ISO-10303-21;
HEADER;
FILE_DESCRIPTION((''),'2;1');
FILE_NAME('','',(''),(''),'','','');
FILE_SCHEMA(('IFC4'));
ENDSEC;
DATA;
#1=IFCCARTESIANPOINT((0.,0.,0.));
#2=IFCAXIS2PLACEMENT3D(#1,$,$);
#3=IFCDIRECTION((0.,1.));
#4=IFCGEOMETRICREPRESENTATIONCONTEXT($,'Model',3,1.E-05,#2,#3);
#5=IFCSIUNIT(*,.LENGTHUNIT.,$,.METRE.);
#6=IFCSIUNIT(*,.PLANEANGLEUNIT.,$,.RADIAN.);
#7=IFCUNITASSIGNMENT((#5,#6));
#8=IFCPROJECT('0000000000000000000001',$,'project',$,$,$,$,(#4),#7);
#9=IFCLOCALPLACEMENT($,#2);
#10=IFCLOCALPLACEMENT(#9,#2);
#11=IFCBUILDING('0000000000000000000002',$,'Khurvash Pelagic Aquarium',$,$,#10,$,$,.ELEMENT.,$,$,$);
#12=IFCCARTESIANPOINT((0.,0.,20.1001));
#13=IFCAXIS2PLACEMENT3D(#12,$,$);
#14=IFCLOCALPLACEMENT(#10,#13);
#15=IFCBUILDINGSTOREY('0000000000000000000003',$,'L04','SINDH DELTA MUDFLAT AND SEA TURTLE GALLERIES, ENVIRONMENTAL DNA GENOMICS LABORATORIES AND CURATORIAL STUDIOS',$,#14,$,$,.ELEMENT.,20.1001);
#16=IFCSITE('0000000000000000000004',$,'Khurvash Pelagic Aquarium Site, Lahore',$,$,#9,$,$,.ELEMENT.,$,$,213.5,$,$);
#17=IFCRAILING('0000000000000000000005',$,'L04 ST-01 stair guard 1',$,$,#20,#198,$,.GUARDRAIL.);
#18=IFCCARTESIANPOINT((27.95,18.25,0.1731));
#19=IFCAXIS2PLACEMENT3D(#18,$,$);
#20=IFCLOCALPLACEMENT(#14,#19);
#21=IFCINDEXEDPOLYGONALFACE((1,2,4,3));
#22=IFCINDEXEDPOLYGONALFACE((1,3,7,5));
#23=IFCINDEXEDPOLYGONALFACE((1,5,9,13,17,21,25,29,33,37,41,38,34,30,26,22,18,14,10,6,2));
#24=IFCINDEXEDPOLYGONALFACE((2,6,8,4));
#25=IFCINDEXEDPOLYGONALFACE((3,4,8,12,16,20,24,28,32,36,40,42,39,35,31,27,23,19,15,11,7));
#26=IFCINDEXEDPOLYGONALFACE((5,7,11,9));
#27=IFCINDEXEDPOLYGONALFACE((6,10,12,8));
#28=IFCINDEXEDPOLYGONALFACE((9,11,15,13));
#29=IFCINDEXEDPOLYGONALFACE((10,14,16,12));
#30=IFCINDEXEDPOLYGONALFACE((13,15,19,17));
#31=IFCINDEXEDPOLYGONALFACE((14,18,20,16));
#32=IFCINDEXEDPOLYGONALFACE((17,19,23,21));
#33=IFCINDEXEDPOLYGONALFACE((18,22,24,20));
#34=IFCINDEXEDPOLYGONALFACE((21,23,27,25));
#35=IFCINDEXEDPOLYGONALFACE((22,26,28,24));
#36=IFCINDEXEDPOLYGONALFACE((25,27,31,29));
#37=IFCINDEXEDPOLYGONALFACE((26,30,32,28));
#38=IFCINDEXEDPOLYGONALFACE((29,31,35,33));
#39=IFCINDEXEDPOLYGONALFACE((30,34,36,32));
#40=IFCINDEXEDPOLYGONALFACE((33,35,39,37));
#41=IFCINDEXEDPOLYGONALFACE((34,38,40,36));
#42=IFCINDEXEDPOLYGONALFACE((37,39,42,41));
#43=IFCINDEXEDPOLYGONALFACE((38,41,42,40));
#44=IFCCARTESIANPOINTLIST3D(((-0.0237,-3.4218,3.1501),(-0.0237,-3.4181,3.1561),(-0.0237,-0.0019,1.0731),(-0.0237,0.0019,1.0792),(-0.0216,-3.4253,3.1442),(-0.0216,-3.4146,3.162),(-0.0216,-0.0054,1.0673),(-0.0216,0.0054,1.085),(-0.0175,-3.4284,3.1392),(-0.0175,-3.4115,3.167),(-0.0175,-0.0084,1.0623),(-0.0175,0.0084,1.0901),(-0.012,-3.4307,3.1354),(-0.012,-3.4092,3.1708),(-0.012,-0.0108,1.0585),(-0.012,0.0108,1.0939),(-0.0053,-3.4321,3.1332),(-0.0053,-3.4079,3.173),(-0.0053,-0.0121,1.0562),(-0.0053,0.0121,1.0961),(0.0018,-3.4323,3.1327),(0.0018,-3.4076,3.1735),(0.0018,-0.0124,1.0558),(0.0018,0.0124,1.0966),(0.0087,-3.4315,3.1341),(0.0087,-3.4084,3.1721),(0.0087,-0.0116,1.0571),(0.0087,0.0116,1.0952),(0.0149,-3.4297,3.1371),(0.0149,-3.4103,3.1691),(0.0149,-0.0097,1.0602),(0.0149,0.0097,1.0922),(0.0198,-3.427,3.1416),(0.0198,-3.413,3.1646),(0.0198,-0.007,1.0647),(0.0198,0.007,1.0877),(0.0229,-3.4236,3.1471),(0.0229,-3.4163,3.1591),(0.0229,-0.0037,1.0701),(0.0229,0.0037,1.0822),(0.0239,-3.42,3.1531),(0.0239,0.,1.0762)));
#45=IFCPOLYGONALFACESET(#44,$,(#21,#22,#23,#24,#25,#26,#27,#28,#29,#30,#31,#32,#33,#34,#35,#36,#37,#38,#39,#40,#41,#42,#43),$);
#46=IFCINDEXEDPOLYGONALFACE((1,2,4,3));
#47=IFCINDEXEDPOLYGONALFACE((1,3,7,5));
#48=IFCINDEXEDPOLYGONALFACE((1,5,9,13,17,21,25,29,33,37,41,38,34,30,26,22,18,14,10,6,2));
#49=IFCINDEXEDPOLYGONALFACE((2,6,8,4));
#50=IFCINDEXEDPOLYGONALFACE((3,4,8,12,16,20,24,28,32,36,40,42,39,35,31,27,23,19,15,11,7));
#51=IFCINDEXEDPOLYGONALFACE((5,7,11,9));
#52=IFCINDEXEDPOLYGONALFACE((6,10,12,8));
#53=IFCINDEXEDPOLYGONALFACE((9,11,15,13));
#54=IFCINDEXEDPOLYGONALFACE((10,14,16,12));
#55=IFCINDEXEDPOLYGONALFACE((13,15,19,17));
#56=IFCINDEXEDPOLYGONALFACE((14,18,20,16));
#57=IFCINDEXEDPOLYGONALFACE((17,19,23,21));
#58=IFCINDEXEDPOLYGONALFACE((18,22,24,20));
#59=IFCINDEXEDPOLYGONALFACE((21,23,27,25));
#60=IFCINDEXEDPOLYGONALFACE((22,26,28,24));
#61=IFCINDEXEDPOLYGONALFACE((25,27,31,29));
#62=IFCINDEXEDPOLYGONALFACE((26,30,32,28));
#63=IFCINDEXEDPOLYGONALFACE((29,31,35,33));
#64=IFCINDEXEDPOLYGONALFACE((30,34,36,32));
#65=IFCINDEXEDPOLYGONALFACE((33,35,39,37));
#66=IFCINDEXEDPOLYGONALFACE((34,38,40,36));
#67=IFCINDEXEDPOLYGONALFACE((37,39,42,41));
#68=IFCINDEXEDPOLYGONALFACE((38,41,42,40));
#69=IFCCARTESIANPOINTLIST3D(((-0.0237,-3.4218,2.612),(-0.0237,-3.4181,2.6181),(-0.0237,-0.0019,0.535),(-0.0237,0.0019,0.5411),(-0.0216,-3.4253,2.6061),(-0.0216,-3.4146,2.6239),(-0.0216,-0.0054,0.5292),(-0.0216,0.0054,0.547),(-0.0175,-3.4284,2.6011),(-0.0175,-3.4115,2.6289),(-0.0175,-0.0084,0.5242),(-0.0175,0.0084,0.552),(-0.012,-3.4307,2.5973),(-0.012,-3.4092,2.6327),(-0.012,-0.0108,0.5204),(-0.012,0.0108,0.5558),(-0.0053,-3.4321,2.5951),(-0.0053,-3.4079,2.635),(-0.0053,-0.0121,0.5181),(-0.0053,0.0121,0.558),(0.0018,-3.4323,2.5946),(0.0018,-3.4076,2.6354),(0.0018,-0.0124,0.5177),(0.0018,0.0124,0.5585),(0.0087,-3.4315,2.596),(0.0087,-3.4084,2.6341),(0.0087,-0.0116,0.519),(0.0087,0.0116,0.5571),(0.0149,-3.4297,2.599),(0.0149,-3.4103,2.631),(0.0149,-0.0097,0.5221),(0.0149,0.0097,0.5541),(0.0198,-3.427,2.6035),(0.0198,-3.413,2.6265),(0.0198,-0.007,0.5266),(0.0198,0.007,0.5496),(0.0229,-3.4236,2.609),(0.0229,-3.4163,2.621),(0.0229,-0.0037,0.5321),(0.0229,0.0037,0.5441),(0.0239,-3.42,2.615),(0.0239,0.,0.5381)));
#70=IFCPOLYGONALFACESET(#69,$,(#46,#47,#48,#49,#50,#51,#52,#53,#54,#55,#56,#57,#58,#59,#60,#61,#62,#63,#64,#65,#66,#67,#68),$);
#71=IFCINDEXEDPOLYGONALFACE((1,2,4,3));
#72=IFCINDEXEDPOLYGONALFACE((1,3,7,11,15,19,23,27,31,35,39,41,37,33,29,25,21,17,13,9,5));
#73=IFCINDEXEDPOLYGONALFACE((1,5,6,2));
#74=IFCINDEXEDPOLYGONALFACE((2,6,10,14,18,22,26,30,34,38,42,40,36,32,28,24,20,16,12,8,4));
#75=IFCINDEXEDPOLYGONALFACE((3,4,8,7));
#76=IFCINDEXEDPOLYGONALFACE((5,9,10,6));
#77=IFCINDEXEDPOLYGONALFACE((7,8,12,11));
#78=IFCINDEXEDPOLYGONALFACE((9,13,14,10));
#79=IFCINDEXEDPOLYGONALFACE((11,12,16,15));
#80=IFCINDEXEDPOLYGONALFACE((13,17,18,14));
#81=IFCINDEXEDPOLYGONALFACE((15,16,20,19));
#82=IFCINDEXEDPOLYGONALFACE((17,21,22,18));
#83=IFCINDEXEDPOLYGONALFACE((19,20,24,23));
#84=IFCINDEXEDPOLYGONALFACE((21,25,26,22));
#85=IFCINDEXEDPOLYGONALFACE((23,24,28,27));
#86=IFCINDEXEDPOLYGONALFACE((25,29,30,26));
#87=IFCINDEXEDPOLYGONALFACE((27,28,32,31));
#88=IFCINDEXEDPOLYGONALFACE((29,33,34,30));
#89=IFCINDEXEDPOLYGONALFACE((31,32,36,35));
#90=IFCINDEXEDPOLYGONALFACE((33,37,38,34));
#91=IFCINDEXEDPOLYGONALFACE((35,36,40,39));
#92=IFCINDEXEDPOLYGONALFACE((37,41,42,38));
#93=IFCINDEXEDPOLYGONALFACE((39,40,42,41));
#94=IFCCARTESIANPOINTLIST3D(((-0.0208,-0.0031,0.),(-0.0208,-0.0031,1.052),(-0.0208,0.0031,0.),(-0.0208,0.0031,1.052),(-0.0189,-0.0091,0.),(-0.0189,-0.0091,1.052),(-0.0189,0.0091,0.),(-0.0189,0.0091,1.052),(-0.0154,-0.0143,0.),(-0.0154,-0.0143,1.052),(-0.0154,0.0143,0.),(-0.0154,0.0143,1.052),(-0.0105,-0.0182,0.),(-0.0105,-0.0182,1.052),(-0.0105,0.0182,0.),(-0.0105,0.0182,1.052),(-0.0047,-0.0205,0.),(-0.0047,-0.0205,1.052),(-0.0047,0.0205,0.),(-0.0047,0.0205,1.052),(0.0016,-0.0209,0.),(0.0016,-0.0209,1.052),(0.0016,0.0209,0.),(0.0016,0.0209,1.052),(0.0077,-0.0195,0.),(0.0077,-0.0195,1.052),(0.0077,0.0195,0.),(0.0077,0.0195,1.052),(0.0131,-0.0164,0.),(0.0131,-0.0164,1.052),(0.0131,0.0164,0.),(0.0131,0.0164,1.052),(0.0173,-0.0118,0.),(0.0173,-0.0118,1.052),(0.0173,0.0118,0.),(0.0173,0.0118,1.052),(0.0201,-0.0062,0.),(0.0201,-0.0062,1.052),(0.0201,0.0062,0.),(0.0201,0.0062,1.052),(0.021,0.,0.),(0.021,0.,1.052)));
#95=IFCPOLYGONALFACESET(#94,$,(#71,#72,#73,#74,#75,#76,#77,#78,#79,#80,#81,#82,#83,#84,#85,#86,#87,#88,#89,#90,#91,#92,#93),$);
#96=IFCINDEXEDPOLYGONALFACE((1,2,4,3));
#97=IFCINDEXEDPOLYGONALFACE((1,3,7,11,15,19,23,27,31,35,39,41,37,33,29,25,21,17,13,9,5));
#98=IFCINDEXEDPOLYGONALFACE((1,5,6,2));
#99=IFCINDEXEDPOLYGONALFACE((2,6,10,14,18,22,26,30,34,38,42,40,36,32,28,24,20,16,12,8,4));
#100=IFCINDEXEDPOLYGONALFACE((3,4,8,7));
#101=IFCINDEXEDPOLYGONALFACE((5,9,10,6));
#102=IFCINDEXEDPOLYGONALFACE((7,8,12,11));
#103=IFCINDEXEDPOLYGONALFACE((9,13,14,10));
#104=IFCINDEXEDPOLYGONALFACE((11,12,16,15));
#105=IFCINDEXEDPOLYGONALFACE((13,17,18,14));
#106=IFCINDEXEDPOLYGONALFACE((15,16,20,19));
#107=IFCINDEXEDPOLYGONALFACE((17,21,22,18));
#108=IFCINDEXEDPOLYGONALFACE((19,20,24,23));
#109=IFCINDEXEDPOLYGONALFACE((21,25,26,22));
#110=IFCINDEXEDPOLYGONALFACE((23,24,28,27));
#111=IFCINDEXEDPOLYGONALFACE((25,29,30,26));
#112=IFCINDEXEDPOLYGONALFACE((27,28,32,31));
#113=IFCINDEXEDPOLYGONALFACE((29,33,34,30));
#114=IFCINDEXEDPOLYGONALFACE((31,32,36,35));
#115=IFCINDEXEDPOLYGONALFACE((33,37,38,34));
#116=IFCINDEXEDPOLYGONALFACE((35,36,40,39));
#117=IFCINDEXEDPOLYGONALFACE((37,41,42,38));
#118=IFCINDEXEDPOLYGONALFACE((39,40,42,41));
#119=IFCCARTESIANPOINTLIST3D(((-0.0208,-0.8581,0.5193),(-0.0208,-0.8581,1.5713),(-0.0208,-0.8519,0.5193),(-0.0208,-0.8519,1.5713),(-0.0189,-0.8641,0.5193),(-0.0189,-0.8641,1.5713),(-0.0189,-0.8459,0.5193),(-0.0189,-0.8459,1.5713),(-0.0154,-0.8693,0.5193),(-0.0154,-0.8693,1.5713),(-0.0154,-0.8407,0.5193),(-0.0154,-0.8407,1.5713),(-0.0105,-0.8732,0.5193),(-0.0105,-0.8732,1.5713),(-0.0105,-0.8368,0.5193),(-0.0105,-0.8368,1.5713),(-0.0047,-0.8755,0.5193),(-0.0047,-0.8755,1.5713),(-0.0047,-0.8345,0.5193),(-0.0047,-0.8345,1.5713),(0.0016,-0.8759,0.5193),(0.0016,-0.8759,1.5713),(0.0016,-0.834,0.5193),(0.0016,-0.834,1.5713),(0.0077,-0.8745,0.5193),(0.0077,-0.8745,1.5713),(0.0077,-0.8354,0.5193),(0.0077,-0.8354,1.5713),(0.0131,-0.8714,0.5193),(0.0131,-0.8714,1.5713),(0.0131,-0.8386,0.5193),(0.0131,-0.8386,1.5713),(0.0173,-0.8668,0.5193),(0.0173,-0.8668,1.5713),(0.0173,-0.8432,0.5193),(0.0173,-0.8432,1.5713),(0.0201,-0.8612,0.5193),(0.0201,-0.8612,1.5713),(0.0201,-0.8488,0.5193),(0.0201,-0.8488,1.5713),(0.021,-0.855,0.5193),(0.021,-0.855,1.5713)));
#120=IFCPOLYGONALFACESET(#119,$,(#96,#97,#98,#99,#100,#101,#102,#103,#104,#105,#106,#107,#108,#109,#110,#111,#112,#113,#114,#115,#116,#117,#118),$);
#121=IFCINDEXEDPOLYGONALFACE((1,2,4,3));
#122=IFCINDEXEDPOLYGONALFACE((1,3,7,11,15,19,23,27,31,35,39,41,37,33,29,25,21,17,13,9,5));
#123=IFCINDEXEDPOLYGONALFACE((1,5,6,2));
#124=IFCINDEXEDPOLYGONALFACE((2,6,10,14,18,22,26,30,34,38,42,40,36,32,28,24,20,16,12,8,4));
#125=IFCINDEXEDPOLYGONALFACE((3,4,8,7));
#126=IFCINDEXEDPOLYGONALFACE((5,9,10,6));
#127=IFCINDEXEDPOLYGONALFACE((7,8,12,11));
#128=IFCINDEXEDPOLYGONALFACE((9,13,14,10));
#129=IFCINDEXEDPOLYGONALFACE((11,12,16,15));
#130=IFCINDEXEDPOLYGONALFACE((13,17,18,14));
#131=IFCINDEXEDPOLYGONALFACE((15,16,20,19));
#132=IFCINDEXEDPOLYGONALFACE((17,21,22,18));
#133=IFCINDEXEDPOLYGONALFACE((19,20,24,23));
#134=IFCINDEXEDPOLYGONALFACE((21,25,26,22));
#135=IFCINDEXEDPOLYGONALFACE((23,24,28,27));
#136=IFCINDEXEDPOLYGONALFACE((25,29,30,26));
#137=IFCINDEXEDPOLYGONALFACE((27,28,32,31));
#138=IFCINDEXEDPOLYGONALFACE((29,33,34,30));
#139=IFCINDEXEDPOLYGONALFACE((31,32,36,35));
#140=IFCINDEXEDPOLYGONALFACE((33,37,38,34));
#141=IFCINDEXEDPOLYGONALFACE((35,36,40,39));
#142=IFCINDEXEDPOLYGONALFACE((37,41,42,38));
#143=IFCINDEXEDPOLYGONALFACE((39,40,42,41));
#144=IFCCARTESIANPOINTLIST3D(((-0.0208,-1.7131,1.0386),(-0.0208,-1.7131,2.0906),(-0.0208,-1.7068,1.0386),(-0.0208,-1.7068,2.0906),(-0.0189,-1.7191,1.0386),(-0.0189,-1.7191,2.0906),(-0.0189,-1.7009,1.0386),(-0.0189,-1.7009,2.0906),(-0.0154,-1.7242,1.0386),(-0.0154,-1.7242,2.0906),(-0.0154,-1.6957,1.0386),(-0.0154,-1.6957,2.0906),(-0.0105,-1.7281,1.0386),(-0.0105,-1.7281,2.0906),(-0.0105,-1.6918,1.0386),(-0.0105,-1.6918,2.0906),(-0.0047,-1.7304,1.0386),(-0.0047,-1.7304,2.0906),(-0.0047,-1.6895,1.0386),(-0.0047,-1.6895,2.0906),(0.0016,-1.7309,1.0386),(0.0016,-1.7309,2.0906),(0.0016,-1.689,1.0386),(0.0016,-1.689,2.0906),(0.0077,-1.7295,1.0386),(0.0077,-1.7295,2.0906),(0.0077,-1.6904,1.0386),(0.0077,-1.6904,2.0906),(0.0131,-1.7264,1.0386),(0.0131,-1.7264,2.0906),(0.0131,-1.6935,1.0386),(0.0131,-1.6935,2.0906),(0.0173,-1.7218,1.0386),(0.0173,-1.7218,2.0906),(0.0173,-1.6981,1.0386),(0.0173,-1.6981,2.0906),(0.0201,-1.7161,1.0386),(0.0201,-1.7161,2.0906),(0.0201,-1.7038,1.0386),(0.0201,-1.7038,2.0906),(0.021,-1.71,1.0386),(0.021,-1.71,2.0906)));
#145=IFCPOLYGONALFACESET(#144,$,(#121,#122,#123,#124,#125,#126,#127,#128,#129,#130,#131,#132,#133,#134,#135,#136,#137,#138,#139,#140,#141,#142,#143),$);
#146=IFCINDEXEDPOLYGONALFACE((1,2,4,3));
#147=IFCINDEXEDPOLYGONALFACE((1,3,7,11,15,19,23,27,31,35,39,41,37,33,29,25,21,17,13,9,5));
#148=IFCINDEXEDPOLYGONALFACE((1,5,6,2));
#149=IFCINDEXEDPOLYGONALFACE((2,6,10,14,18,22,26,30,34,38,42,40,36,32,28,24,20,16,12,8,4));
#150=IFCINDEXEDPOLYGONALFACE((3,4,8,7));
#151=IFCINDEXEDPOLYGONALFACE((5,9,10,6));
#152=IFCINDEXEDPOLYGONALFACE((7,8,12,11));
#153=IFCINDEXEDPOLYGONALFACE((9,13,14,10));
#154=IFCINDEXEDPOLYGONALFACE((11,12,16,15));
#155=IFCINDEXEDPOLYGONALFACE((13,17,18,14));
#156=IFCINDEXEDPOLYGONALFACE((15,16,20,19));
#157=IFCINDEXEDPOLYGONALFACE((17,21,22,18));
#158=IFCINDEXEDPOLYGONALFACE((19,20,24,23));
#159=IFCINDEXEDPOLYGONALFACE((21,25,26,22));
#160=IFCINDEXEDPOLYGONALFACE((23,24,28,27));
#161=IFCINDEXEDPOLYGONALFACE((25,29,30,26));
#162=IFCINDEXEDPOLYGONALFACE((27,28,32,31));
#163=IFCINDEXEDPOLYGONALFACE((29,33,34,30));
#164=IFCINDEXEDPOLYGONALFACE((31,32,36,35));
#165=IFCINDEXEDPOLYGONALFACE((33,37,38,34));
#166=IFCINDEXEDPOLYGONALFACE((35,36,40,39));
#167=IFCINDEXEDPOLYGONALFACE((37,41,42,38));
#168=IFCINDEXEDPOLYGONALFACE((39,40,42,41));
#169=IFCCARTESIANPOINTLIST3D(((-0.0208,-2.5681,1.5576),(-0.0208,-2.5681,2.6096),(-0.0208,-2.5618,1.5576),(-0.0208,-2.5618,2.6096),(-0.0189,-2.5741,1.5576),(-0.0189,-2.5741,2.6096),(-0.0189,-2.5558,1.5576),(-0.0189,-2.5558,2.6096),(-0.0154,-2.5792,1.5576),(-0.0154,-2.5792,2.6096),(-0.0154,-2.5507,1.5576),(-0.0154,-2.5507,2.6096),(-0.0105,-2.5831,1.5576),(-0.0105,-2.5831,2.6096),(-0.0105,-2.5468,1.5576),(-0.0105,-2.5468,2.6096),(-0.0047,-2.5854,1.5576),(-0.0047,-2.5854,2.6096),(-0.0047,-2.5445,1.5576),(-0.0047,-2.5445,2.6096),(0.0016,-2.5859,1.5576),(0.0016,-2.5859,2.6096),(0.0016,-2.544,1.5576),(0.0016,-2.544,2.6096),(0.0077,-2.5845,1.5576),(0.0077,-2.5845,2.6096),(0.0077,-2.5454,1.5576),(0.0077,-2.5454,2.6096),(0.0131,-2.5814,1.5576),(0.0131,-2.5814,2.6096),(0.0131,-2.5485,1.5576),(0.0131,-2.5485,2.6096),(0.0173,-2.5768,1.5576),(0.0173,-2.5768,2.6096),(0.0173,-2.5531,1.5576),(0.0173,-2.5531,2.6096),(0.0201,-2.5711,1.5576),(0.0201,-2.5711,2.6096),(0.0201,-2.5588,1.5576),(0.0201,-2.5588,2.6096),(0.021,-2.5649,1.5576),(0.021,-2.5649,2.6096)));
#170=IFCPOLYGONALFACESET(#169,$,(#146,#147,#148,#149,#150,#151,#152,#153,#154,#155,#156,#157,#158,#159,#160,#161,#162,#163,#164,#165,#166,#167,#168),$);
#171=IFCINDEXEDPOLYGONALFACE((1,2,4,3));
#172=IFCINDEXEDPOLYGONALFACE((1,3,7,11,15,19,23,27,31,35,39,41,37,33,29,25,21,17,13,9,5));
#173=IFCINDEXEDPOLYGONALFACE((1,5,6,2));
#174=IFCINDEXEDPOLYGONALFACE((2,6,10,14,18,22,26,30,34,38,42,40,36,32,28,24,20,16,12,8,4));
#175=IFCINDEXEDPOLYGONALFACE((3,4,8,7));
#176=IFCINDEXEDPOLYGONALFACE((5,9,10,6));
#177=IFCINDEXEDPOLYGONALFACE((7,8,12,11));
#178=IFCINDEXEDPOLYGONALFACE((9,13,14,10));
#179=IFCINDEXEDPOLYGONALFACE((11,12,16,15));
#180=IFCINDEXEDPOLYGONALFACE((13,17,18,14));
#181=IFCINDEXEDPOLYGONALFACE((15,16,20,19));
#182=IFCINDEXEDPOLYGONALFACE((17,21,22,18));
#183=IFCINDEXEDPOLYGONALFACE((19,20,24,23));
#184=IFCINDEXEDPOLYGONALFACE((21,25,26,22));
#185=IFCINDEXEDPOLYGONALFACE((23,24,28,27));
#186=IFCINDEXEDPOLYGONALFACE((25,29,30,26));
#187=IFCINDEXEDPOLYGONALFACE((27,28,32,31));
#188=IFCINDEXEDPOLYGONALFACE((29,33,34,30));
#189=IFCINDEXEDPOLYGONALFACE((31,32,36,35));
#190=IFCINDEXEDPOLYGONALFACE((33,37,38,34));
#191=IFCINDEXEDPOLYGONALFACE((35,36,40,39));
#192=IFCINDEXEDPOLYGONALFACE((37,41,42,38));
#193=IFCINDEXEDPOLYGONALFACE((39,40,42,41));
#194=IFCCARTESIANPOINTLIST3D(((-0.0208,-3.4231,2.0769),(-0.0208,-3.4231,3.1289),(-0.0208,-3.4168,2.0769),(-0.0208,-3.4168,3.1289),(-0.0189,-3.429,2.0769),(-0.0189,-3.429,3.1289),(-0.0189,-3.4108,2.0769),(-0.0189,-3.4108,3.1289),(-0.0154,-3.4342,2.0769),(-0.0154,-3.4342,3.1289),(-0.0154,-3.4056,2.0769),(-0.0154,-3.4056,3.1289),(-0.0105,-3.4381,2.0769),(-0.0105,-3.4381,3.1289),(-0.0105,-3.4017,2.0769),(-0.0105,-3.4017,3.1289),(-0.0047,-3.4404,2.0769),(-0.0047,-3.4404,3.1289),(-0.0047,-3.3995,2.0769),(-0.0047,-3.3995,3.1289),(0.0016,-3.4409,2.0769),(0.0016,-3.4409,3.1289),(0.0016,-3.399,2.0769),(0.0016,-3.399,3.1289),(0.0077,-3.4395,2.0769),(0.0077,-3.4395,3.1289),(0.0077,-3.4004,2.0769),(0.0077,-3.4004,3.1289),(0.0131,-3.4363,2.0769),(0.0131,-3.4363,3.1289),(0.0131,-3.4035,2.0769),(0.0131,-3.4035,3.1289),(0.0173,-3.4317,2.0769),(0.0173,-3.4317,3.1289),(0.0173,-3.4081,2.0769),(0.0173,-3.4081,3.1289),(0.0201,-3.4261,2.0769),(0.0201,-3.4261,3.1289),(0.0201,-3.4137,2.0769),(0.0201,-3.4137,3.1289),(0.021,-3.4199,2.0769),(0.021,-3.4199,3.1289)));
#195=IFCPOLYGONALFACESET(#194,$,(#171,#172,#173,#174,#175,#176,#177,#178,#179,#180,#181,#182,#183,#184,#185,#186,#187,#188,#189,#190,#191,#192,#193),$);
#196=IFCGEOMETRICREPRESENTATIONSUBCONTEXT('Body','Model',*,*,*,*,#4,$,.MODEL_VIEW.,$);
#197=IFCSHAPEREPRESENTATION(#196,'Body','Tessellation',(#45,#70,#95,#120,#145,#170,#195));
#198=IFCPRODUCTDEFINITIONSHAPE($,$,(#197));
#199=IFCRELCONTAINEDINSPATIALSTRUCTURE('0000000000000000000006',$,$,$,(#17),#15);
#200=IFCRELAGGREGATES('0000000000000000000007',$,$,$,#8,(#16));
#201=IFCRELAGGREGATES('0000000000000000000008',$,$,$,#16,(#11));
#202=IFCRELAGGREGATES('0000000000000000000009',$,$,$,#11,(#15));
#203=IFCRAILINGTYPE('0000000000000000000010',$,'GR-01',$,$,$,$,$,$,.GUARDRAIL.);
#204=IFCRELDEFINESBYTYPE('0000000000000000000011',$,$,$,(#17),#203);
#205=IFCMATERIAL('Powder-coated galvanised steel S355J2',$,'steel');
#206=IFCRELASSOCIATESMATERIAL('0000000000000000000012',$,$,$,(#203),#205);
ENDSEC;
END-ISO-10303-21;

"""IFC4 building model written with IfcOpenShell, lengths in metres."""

from ifc_helpers import new_model, si_unit, direction, frame, origin, origin_2d, place, context, subcontext, project, spatial, circle, extrude, material, type_object, element, save


model = new_model("IFC4")

# Units and contexts
model_context = context("Model", 3, precision=1e-05, world=origin(), true_north=direction((0.0, 1.0)))
body_context = subcontext(model_context, "Body", "Model", "MODEL_VIEW")
ifc_project = project(units=[si_unit("LENGTHUNIT", "METRE"), si_unit("PLANEANGLEUNIT", "RADIAN")], contexts=[model_context])

# Site, building, storey
site_placement = place(None, origin())
site = spatial("IfcSite", under=ifc_project, at=site_placement, Name="Khurvash Pelagic Aquarium Site, Lahore", CompositionType="ELEMENT", RefElevation=213.5)
building_placement = place(site_placement, origin())
building = spatial("IfcBuilding", under=site, at=building_placement, Name="Khurvash Pelagic Aquarium", CompositionType="ELEMENT")
storey_placement = place(building_placement, frame((0.0, 0.0, 20.1001)))
storey = spatial("IfcBuildingStorey", under=building, at=storey_placement, Name="L04", Description="SINDH DELTA MUDFLAT AND SEA TURTLE GALLERIES, ENVIRONMENTAL DNA GENOMICS LABORATORIES AND CURATORIAL STUDIOS", CompositionType="ELEMENT", Elevation=20.1001)

# Railing
ifc_material_1 = material(Name="Powder-coated galvanised steel S355J2", Category="steel")
railing_type_1 = type_object("IfcRailingType", Name="GR-01", PredefinedType="GUARDRAIL", material=ifc_material_1)
railing_1_placement = place(storey_placement, frame((27.95, 18.25, 0.1731)))
element("IfcRailing", 1, at=railing_1_placement, inside=storey, type_object=railing_type_1, Name="L04 ST-01 stair guard 1", PredefinedType="GUARDRAIL", context=body_context, shape_type="SweptSolid", body=[
    extrude(circle(Radius=0.0239, at=origin_2d()), frame((0.0, 0.0, 1.0762), z_axis=(0.0, -0.85473, 0.519074), x_axis=(1.0, 0.0, 0.0)), (0.0, 0.0, 1.0), 4.0012),
    extrude(circle(Radius=0.0239, at=origin_2d()), frame((0.0, 0.0, 0.5381), z_axis=(0.0, -0.85473, 0.519074), x_axis=(1.0, 0.0, 0.0)), (0.0, 0.0, 1.0), 4.0012),
    extrude(circle(Radius=0.021, at=origin_2d()), origin(), (0.0, 0.0, 1.0), 1.052),
    extrude(circle(Radius=0.021, at=origin_2d()), frame((0.0, -0.855, 0.5193)), (0.0, 0.0, 1.0), 1.052),
    extrude(circle(Radius=0.021, at=origin_2d()), frame((0.0, -1.71, 1.0386)), (0.0, 0.0, 1.0), 1.052),
    extrude(circle(Radius=0.021, at=origin_2d()), frame((0.0, -2.5649, 1.5576)), (0.0, 0.0, 1.0), 1.052),
    extrude(circle(Radius=0.021, at=origin_2d()), frame((0.0, -3.4199, 2.0769)), (0.0, 0.0, 1.0), 1.052),
])

save(model, "model.ifc")
